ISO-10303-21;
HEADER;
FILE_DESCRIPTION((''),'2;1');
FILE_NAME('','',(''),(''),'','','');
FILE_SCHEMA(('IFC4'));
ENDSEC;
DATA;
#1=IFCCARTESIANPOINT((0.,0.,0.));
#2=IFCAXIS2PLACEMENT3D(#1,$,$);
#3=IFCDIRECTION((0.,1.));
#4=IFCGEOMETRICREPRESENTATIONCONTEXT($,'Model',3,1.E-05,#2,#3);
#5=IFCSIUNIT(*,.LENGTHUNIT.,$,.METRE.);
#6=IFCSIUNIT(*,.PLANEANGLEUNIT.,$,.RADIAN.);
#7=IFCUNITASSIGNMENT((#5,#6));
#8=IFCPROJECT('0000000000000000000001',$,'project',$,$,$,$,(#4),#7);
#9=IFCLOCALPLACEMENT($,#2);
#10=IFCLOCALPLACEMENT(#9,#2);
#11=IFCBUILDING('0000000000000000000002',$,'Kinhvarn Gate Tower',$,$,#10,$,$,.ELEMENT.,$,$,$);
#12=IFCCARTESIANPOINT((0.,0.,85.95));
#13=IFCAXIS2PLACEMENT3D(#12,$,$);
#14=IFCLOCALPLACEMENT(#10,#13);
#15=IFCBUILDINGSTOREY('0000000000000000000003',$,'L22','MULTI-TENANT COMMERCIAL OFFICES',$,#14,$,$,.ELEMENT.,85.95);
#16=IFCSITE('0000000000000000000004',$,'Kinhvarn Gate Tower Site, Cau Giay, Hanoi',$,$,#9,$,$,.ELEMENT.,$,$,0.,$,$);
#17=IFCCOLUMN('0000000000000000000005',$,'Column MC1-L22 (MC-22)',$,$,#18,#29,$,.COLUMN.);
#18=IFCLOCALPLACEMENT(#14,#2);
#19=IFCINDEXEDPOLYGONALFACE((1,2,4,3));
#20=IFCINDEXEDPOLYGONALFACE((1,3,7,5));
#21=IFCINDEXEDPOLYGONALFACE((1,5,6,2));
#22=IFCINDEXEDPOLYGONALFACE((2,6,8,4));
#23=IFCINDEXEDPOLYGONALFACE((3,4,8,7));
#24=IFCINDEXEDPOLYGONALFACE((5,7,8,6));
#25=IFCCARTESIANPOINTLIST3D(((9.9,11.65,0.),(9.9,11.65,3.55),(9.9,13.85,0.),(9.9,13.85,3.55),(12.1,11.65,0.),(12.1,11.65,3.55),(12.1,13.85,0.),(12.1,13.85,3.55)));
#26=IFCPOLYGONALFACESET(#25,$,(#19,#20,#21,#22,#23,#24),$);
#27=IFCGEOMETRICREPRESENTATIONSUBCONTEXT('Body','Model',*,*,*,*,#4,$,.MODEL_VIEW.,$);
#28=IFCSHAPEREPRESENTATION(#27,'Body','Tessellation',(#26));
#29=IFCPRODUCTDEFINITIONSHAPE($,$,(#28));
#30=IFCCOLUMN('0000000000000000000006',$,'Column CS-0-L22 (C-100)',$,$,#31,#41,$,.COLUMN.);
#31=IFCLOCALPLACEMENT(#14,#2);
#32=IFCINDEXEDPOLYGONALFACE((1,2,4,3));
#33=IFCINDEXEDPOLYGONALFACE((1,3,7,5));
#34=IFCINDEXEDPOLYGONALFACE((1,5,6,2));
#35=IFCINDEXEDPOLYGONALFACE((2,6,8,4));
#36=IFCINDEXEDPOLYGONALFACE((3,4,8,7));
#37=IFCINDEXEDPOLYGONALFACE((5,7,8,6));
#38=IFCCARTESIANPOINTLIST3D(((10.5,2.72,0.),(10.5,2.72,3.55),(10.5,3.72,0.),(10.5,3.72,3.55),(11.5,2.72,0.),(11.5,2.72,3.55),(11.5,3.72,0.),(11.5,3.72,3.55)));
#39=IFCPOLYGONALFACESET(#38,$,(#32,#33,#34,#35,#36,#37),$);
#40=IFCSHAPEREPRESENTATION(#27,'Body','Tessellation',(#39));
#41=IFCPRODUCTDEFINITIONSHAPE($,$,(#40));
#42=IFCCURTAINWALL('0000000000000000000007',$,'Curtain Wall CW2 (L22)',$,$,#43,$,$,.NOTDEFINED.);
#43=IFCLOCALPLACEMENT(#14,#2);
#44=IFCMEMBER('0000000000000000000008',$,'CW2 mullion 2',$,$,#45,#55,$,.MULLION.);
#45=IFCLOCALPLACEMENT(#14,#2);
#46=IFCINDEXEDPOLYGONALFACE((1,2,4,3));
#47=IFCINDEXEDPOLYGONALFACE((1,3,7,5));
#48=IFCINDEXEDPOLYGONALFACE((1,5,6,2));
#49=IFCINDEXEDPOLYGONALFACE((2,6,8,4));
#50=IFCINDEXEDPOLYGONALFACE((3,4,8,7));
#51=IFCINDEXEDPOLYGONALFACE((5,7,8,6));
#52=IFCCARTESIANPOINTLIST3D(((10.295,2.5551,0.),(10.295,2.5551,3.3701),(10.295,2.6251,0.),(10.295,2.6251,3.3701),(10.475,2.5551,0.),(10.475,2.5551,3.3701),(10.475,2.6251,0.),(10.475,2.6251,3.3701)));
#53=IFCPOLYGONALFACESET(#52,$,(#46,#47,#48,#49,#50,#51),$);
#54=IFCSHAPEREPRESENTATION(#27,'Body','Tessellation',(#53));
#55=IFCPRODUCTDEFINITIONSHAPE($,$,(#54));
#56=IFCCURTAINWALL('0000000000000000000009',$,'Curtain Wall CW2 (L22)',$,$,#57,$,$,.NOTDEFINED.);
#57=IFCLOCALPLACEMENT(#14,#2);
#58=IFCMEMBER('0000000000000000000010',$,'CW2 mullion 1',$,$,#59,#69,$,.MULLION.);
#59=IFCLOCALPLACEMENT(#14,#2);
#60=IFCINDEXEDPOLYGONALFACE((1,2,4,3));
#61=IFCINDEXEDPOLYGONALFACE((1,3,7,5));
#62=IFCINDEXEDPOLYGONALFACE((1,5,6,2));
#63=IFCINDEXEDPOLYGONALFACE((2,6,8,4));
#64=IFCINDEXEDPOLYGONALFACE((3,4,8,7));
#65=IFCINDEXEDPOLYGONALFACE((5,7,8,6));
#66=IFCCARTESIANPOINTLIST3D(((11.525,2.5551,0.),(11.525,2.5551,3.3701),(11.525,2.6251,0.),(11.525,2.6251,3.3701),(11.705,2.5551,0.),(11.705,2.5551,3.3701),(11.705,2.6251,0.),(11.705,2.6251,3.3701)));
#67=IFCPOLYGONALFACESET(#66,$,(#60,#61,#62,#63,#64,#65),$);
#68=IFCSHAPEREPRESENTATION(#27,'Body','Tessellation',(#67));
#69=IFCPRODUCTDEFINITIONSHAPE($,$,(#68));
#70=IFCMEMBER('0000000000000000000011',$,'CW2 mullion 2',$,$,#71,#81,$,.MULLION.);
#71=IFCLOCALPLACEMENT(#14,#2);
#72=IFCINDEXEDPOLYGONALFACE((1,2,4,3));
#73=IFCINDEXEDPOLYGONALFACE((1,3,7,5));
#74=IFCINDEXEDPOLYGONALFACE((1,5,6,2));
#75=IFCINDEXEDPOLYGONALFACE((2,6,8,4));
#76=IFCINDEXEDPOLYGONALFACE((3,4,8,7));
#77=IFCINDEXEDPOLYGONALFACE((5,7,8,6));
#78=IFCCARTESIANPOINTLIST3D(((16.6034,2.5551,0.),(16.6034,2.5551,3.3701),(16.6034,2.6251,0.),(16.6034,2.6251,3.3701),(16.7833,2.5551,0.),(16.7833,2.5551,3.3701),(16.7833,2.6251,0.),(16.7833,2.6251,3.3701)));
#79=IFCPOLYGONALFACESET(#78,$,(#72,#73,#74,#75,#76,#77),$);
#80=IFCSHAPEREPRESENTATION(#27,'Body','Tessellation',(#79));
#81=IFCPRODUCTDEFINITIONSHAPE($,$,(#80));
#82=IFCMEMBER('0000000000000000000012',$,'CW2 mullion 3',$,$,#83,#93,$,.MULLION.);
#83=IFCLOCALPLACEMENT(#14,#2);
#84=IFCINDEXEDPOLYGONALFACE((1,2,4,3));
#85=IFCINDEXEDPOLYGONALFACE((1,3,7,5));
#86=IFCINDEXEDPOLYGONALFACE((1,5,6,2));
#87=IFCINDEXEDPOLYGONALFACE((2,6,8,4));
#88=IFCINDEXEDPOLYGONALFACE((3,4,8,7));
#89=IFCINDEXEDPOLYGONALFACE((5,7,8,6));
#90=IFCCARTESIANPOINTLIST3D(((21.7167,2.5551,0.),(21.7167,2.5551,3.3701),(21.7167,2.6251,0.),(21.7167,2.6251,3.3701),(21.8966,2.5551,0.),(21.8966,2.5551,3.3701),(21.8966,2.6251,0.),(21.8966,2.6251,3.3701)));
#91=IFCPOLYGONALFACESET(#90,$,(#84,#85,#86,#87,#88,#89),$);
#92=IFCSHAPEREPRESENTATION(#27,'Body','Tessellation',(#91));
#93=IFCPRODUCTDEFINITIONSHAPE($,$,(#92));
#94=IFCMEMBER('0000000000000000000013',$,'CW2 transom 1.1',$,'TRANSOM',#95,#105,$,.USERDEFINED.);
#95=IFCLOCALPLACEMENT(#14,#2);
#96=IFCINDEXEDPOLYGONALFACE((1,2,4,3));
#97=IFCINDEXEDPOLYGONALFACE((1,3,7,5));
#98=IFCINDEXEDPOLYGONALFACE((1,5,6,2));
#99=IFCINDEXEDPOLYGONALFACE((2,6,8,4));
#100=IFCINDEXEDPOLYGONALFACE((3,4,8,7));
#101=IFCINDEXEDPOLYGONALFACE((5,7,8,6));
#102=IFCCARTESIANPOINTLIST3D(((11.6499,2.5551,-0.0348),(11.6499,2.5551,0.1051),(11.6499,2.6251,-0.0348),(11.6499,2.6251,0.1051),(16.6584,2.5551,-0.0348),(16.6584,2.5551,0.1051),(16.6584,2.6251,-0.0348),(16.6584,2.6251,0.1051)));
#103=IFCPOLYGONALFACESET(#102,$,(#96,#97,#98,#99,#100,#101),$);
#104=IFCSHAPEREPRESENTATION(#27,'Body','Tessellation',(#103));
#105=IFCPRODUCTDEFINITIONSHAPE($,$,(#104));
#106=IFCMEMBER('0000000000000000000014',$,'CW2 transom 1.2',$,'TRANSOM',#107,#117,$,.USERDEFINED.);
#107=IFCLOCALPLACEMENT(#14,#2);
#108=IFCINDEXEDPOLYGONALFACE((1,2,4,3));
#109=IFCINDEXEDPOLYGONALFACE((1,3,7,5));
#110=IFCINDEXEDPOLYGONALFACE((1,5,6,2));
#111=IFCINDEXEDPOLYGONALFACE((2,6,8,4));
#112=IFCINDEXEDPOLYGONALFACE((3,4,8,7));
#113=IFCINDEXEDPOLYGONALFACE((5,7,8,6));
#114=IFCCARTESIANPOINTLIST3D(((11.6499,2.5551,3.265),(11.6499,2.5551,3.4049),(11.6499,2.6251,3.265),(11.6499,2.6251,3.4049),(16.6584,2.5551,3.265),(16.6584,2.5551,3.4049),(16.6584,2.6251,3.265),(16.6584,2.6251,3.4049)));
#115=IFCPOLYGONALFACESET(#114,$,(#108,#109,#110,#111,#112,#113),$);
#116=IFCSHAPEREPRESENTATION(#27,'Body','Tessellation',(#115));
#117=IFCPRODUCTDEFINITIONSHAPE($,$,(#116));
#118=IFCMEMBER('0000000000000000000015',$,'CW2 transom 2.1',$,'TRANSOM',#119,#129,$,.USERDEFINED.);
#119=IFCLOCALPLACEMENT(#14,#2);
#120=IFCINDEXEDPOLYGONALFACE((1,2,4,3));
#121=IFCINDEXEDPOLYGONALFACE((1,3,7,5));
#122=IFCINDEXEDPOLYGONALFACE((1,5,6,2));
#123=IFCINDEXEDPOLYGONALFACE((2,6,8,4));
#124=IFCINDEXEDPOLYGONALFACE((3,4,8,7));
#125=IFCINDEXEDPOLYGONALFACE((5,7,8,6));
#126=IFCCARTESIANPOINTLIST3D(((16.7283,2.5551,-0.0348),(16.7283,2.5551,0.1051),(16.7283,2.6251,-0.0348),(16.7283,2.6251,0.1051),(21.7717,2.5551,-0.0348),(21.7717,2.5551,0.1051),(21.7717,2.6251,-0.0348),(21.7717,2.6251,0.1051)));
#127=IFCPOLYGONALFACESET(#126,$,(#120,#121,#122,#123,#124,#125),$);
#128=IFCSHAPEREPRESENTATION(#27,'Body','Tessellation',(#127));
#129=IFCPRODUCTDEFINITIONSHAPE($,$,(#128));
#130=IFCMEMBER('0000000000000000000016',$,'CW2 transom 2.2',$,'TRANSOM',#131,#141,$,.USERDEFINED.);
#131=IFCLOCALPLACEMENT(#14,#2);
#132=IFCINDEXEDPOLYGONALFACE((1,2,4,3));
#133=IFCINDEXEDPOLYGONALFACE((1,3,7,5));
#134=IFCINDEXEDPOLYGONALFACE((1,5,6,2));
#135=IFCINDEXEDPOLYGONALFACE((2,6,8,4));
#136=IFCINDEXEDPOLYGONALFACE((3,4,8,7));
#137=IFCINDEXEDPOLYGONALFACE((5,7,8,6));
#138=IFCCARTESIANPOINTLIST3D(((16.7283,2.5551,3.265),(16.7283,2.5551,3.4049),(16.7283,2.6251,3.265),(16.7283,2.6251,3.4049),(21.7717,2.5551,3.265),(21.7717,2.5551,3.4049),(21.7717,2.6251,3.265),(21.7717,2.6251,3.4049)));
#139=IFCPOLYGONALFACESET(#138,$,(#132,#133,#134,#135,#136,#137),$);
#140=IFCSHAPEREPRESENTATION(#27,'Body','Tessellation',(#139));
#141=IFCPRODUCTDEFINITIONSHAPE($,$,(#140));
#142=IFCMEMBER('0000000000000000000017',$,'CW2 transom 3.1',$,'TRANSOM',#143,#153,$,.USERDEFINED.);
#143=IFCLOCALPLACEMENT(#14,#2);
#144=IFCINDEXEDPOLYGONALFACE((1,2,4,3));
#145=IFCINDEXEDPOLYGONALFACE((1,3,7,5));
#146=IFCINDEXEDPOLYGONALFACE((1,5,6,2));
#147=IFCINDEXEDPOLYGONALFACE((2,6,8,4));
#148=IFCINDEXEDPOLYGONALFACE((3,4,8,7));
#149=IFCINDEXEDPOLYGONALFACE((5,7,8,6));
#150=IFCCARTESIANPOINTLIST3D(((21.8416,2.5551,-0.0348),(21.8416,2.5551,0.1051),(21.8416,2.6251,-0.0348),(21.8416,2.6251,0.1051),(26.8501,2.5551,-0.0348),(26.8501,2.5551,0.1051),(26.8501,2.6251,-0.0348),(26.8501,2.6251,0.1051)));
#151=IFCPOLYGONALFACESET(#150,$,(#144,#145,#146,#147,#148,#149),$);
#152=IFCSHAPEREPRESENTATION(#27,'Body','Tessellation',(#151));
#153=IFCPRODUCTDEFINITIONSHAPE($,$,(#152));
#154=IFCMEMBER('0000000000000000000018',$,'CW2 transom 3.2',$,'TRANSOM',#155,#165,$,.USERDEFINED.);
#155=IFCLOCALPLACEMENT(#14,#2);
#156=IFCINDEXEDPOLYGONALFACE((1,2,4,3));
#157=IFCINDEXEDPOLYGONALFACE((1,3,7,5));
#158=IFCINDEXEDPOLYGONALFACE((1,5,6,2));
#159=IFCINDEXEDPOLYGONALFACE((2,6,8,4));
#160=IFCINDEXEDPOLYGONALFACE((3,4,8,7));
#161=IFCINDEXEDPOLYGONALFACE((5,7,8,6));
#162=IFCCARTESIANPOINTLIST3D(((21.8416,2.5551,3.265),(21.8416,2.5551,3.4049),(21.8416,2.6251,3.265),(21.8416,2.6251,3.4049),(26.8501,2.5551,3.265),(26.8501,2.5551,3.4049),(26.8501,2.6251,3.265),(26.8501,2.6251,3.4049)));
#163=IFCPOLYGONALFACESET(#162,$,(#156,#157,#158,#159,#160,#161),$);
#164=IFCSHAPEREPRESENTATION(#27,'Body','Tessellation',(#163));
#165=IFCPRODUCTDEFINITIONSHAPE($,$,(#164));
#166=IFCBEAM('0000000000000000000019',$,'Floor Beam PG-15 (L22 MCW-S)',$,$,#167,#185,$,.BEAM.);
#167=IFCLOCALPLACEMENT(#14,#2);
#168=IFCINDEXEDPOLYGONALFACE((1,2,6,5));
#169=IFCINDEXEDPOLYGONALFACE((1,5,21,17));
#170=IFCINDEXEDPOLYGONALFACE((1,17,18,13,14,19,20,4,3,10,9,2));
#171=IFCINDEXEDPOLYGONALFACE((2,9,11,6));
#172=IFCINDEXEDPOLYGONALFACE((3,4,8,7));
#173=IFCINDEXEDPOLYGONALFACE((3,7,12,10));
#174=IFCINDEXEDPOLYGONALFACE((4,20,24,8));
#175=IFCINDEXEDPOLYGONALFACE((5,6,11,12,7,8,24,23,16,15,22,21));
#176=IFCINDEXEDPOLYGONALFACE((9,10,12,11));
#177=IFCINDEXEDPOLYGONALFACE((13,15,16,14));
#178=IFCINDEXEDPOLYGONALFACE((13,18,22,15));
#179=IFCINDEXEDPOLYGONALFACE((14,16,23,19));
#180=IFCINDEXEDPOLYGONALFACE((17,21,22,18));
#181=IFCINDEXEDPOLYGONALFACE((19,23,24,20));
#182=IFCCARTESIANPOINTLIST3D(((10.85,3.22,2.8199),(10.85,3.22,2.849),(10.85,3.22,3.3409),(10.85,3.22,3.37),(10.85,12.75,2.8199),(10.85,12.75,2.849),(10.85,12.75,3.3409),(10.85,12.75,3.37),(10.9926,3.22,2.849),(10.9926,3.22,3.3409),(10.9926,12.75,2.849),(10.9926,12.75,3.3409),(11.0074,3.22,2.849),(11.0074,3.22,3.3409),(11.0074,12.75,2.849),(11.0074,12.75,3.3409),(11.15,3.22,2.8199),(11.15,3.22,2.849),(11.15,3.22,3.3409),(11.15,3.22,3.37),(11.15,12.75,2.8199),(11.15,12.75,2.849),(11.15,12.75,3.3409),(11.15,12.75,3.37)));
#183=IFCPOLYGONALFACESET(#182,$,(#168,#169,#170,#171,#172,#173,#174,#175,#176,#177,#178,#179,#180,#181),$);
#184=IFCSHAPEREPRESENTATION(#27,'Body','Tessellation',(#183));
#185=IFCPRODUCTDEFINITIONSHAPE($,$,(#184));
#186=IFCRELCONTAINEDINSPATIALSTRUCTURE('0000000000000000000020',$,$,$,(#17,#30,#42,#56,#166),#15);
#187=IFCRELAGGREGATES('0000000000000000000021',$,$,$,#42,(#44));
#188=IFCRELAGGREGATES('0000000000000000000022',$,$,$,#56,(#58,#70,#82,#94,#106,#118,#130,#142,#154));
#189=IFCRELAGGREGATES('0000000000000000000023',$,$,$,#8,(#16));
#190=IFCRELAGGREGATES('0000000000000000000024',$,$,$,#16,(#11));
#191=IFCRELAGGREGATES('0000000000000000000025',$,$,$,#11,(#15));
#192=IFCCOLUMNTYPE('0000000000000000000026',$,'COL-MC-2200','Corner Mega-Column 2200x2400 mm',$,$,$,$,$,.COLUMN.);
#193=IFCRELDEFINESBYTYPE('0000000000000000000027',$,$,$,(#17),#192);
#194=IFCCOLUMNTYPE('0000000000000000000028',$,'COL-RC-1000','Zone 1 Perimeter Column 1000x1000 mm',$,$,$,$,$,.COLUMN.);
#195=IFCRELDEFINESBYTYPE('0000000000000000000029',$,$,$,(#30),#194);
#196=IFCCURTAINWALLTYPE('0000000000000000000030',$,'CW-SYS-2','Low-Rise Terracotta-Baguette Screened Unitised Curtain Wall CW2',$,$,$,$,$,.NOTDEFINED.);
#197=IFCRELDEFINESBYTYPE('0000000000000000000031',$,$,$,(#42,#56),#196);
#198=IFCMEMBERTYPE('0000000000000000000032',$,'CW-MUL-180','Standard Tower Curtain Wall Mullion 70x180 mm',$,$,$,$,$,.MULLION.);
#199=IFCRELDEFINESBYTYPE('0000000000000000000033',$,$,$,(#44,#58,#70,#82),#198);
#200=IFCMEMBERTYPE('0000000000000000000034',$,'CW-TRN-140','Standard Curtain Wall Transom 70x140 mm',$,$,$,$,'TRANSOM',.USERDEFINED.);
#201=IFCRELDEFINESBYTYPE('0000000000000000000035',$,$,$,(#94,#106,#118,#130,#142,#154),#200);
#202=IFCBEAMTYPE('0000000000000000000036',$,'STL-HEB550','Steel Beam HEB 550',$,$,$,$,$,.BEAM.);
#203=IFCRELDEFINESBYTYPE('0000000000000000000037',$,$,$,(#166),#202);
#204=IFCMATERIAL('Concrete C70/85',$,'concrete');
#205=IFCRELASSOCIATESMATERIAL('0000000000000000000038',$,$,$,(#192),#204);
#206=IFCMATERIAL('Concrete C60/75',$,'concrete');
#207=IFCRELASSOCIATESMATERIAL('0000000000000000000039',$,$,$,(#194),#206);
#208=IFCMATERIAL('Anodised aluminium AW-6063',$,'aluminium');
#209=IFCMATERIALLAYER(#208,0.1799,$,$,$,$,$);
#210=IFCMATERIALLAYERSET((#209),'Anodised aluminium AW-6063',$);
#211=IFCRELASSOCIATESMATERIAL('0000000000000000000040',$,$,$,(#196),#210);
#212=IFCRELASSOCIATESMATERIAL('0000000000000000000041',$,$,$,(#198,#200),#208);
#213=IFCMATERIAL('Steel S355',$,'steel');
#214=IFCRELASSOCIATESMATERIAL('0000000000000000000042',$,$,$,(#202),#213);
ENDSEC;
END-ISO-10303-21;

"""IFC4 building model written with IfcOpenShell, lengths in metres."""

from ifc_helpers import new_model, si_unit, direction, frame, origin, origin_2d, place, context, subcontext, project, spatial, rectangle, i_section, extrude, material, layer, layer_set, material_profile, profile_set, type_object, element, aggregate, save


model = new_model("IFC4")

# Units and contexts
model_context = context("Model", 3, precision=1e-05, world=origin(), true_north=direction((0.0, 1.0)))
body_context = subcontext(model_context, "Body", "Model", "MODEL_VIEW")
ifc_project = project(units=[si_unit("LENGTHUNIT", "METRE"), si_unit("PLANEANGLEUNIT", "RADIAN")], contexts=[model_context])

# Site, building, storey
site_placement = place(None, origin())
site = spatial("IfcSite", under=ifc_project, at=site_placement, Name="Kinhvarn Gate Tower Site, Cau Giay, Hanoi", CompositionType="ELEMENT", RefElevation=0.0)
building_placement = place(site_placement, origin())
building = spatial("IfcBuilding", under=site, at=building_placement, Name="Kinhvarn Gate Tower", CompositionType="ELEMENT")
storey_placement = place(building_placement, frame((0.0, 0.0, 85.95)))
storey = spatial("IfcBuildingStorey", under=building, at=storey_placement, Name="L22", Description="MULTI-TENANT COMMERCIAL OFFICES", CompositionType="ELEMENT", Elevation=85.95)

# Columns
ifc_material_1 = material(Name="Concrete C70/85", Category="concrete")
ifc_material_profile_1 = material_profile(ifc_material_1, rectangle(XDim=2.2, YDim=2.2, at=origin_2d()), Name="RC 2200x2200")
ifc_profile_set_1 = profile_set([ifc_material_profile_1], Name="Concrete C70/85")
column_type_1 = type_object("IfcColumnType", Name="COL-MC-2200", Description="Corner Mega-Column 2200x2400 mm", PredefinedType="COLUMN", material=ifc_profile_set_1)
column_1_placement = place(storey_placement, frame((11.0, 12.75, 0.0), z_axis=(0.0, 0.0, 1.0), x_axis=(1.0, 0.0, 0.0)))
element("IfcColumn", 1, at=column_1_placement, inside=storey, type_object=column_type_1, Name="Column MC1-L22 (MC-22)", PredefinedType="COLUMN", context=body_context, shape_type="SweptSolid", body=[
    extrude(rectangle(XDim=2.2, YDim=2.2, at=origin_2d()), origin(), (0.0, 0.0, 1.0), 3.55),
])
ifc_material_2 = material(Name="Concrete C60/75", Category="concrete")
ifc_material_profile_2 = material_profile(ifc_material_2, rectangle(XDim=1.0, YDim=1.0, at=origin_2d()), Name="RC 1000x1000")
ifc_profile_set_2 = profile_set([ifc_material_profile_2], Name="Concrete C60/75")
column_type_2 = type_object("IfcColumnType", Name="COL-RC-1000", Description="Zone 1 Perimeter Column 1000x1000 mm", PredefinedType="COLUMN", material=ifc_profile_set_2)
column_2_placement = place(storey_placement, frame((11.0, 3.22, 0.0), z_axis=(0.0, 0.0, 1.0), x_axis=(1.0, 0.0, 0.0)))
element("IfcColumn", 2, at=column_2_placement, inside=storey, type_object=column_type_2, Name="Column CS-0-L22 (C-100)", PredefinedType="COLUMN", context=body_context, shape_type="SweptSolid", body=[
    extrude(rectangle(XDim=1.0, YDim=1.0, at=origin_2d()), origin(), (0.0, 0.0, 1.0), 3.55),
])

# Curtain wall, member
ifc_material_3 = material(Name="Anodised aluminium AW-6063", Category="aluminium")
ifc_layer_1 = layer(ifc_material_3, 0.1799)
ifc_layer_set_1 = layer_set([ifc_layer_1], Name="Anodised aluminium AW-6063")
curtain_wall_type = type_object("IfcCurtainWallType", Name="CW-SYS-2", Description="Low-Rise Terracotta-Baguette Screened Unitised Curtain Wall CW2", PredefinedType="NOTDEFINED", material=ifc_layer_set_1)
curtain_wall_1_placement = place(storey_placement, origin())
curtain_wall_1 = element("IfcCurtainWall", 3, at=curtain_wall_1_placement, inside=storey, type_object=curtain_wall_type, Name="Curtain Wall CW2 (L22)", PredefinedType="NOTDEFINED")
ifc_material_profile_3 = material_profile(ifc_material_3, rectangle(XDim=0.0701, YDim=0.1799, at=origin_2d()), Name="ALU 70x180")
ifc_profile_set_3 = profile_set([ifc_material_profile_3], Name="Anodised aluminium AW-6063")
member_type_1 = type_object("IfcMemberType", Name="CW-MUL-180", Description="Standard Tower Curtain Wall Mullion 70x180 mm", PredefinedType="MULLION", material=ifc_profile_set_3)
member_1_placement = place(storey_placement, frame((10.385, 2.5901, 0.0), z_axis=(0.0, 0.0, 1.0), x_axis=(0.0, 1.0, 0.0)))
member_1 = element("IfcMember", 4, at=member_1_placement, type_object=member_type_1, Name="CW2 mullion 2", PredefinedType="MULLION", context=body_context, shape_type="SweptSolid", body=[
    extrude(rectangle(XDim=0.0701, YDim=0.1799, at=origin_2d()), origin(), (0.0, 0.0, 1.0), 3.3701),
])
aggregate(curtain_wall_1, [member_1])

# Curtain wall, members
curtain_wall_2_placement = place(storey_placement, origin())
curtain_wall_2 = element("IfcCurtainWall", 5, at=curtain_wall_2_placement, inside=storey, type_object=curtain_wall_type, Name="Curtain Wall CW2 (L22)", PredefinedType="NOTDEFINED")
member_2_placement = place(storey_placement, frame((11.615, 2.5901, 0.0), z_axis=(0.0, 0.0, 1.0), x_axis=(0.0, 1.0, 0.0)))
member_2 = element("IfcMember", 6, at=member_2_placement, type_object=member_type_1, Name="CW2 mullion 1", PredefinedType="MULLION", context=body_context, shape_type="SweptSolid", body=[
    extrude(rectangle(XDim=0.0701, YDim=0.1799, at=origin_2d()), origin(), (0.0, 0.0, 1.0), 3.3701),
])
member_3_placement = place(storey_placement, frame((16.6934, 2.5901, 0.0), z_axis=(0.0, 0.0, 1.0), x_axis=(0.0, 1.0, 0.0)))
member_3 = element("IfcMember", 7, at=member_3_placement, type_object=member_type_1, Name="CW2 mullion 2", PredefinedType="MULLION", context=body_context, shape_type="SweptSolid", body=[
    extrude(rectangle(XDim=0.0701, YDim=0.1799, at=origin_2d()), origin(), (0.0, 0.0, 1.0), 3.3701),
])
member_4_placement = place(storey_placement, frame((21.8066, 2.5901, 0.0), z_axis=(0.0, 0.0, 1.0), x_axis=(0.0, 1.0, 0.0)))
member_4 = element("IfcMember", 8, at=member_4_placement, type_object=member_type_1, Name="CW2 mullion 3", PredefinedType="MULLION", context=body_context, shape_type="SweptSolid", body=[
    extrude(rectangle(XDim=0.0701, YDim=0.1799, at=origin_2d()), origin(), (0.0, 0.0, 1.0), 3.3701),
])
ifc_material_profile_4 = material_profile(ifc_material_3, rectangle(XDim=0.0701, YDim=0.1399, at=origin_2d()), Name="ALU 70x140")
ifc_profile_set_4 = profile_set([ifc_material_profile_4], Name="Anodised aluminium AW-6063")
member_type_2 = type_object("IfcMemberType", Name="CW-TRN-140", Description="Standard Curtain Wall Transom 70x140 mm", ElementType="TRANSOM", PredefinedType="USERDEFINED", material=ifc_profile_set_4)
member_5_placement = place(storey_placement, frame((11.6499, 2.5901, 0.0352), z_axis=(1.0, 0.0, 0.0), x_axis=(0.0, 1.0, 0.0)))
member_5 = element("IfcMember", 9, at=member_5_placement, type_object=member_type_2, Name="CW2 transom 1.1", ObjectType="TRANSOM", PredefinedType="USERDEFINED", context=body_context, shape_type="SweptSolid", body=[
    extrude(rectangle(XDim=0.0701, YDim=0.1399, at=origin_2d()), origin(), (0.0, 0.0, 1.0), 5.0085),
])
member_6_placement = place(storey_placement, frame((11.6499, 2.5901, 3.335), z_axis=(1.0, 0.0, 0.0), x_axis=(0.0, 1.0, 0.0)))
member_6 = element("IfcMember", 10, at=member_6_placement, type_object=member_type_2, Name="CW2 transom 1.2", ObjectType="TRANSOM", PredefinedType="USERDEFINED", context=body_context, shape_type="SweptSolid", body=[
    extrude(rectangle(XDim=0.0701, YDim=0.1399, at=origin_2d()), origin(), (0.0, 0.0, 1.0), 5.0085),
])
member_7_placement = place(storey_placement, frame((16.7283, 2.5901, 0.0352), z_axis=(1.0, 0.0, 0.0), x_axis=(0.0, 1.0, 0.0)))
member_7 = element("IfcMember", 11, at=member_7_placement, type_object=member_type_2, Name="CW2 transom 2.1", ObjectType="TRANSOM", PredefinedType="USERDEFINED", context=body_context, shape_type="SweptSolid", body=[
    extrude(rectangle(XDim=0.0701, YDim=0.1399, at=origin_2d()), origin(), (0.0, 0.0, 1.0), 5.0435),
])
member_8_placement = place(storey_placement, frame((16.7283, 2.5901, 3.335), z_axis=(1.0, 0.0, 0.0), x_axis=(0.0, 1.0, 0.0)))
member_8 = element("IfcMember", 12, at=member_8_placement, type_object=member_type_2, Name="CW2 transom 2.2", ObjectType="TRANSOM", PredefinedType="USERDEFINED", context=body_context, shape_type="SweptSolid", body=[
    extrude(rectangle(XDim=0.0701, YDim=0.1399, at=origin_2d()), origin(), (0.0, 0.0, 1.0), 5.0435),
])
member_9_placement = place(storey_placement, frame((21.8416, 2.5901, 0.0352), z_axis=(1.0, 0.0, 0.0), x_axis=(0.0, 1.0, 0.0)))
member_9 = element("IfcMember", 13, at=member_9_placement, type_object=member_type_2, Name="CW2 transom 3.1", ObjectType="TRANSOM", PredefinedType="USERDEFINED", context=body_context, shape_type="SweptSolid", body=[
    extrude(rectangle(XDim=0.0701, YDim=0.1399, at=origin_2d()), origin(), (0.0, 0.0, 1.0), 5.0085),
])
member_10_placement = place(storey_placement, frame((21.8416, 2.5901, 3.335), z_axis=(1.0, 0.0, 0.0), x_axis=(0.0, 1.0, 0.0)))
member_10 = element("IfcMember", 14, at=member_10_placement, type_object=member_type_2, Name="CW2 transom 3.2", ObjectType="TRANSOM", PredefinedType="USERDEFINED", context=body_context, shape_type="SweptSolid", body=[
    extrude(rectangle(XDim=0.0701, YDim=0.1399, at=origin_2d()), origin(), (0.0, 0.0, 1.0), 5.0085),
])

# Beam
ifc_material_4 = material(Name="Steel S355", Category="steel")
ifc_material_profile_5 = material_profile(ifc_material_4, i_section(OverallWidth=0.3, OverallDepth=0.55, WebThickness=0.0149, FlangeThickness=0.0291, at=origin_2d()), Name="HEB 550")
ifc_profile_set_5 = profile_set([ifc_material_profile_5], Name="Steel S355")
beam_type_1 = type_object("IfcBeamType", Name="STL-HEB550", Description="Steel Beam HEB 550", PredefinedType="BEAM", material=ifc_profile_set_5)
beam_1_placement = place(storey_placement, frame((11.0, 3.22, 3.095), z_axis=(0.0, 1.0, 0.0), x_axis=(-1.0, 0.0, 0.0)))
element("IfcBeam", 15, at=beam_1_placement, inside=storey, type_object=beam_type_1, Name="Floor Beam PG-15 (L22 MCW-S)", PredefinedType="BEAM", context=body_context, shape_type="SweptSolid", body=[
    extrude(i_section(OverallWidth=0.3, OverallDepth=0.55, WebThickness=0.0149, FlangeThickness=0.0291, at=origin_2d()), origin(), (0.0, 0.0, 1.0), 9.53),
])

aggregate(curtain_wall_2, [member_2, member_3, member_4, member_5, member_6, member_7, member_8, member_9, member_10])

save(model, "model.ifc")
